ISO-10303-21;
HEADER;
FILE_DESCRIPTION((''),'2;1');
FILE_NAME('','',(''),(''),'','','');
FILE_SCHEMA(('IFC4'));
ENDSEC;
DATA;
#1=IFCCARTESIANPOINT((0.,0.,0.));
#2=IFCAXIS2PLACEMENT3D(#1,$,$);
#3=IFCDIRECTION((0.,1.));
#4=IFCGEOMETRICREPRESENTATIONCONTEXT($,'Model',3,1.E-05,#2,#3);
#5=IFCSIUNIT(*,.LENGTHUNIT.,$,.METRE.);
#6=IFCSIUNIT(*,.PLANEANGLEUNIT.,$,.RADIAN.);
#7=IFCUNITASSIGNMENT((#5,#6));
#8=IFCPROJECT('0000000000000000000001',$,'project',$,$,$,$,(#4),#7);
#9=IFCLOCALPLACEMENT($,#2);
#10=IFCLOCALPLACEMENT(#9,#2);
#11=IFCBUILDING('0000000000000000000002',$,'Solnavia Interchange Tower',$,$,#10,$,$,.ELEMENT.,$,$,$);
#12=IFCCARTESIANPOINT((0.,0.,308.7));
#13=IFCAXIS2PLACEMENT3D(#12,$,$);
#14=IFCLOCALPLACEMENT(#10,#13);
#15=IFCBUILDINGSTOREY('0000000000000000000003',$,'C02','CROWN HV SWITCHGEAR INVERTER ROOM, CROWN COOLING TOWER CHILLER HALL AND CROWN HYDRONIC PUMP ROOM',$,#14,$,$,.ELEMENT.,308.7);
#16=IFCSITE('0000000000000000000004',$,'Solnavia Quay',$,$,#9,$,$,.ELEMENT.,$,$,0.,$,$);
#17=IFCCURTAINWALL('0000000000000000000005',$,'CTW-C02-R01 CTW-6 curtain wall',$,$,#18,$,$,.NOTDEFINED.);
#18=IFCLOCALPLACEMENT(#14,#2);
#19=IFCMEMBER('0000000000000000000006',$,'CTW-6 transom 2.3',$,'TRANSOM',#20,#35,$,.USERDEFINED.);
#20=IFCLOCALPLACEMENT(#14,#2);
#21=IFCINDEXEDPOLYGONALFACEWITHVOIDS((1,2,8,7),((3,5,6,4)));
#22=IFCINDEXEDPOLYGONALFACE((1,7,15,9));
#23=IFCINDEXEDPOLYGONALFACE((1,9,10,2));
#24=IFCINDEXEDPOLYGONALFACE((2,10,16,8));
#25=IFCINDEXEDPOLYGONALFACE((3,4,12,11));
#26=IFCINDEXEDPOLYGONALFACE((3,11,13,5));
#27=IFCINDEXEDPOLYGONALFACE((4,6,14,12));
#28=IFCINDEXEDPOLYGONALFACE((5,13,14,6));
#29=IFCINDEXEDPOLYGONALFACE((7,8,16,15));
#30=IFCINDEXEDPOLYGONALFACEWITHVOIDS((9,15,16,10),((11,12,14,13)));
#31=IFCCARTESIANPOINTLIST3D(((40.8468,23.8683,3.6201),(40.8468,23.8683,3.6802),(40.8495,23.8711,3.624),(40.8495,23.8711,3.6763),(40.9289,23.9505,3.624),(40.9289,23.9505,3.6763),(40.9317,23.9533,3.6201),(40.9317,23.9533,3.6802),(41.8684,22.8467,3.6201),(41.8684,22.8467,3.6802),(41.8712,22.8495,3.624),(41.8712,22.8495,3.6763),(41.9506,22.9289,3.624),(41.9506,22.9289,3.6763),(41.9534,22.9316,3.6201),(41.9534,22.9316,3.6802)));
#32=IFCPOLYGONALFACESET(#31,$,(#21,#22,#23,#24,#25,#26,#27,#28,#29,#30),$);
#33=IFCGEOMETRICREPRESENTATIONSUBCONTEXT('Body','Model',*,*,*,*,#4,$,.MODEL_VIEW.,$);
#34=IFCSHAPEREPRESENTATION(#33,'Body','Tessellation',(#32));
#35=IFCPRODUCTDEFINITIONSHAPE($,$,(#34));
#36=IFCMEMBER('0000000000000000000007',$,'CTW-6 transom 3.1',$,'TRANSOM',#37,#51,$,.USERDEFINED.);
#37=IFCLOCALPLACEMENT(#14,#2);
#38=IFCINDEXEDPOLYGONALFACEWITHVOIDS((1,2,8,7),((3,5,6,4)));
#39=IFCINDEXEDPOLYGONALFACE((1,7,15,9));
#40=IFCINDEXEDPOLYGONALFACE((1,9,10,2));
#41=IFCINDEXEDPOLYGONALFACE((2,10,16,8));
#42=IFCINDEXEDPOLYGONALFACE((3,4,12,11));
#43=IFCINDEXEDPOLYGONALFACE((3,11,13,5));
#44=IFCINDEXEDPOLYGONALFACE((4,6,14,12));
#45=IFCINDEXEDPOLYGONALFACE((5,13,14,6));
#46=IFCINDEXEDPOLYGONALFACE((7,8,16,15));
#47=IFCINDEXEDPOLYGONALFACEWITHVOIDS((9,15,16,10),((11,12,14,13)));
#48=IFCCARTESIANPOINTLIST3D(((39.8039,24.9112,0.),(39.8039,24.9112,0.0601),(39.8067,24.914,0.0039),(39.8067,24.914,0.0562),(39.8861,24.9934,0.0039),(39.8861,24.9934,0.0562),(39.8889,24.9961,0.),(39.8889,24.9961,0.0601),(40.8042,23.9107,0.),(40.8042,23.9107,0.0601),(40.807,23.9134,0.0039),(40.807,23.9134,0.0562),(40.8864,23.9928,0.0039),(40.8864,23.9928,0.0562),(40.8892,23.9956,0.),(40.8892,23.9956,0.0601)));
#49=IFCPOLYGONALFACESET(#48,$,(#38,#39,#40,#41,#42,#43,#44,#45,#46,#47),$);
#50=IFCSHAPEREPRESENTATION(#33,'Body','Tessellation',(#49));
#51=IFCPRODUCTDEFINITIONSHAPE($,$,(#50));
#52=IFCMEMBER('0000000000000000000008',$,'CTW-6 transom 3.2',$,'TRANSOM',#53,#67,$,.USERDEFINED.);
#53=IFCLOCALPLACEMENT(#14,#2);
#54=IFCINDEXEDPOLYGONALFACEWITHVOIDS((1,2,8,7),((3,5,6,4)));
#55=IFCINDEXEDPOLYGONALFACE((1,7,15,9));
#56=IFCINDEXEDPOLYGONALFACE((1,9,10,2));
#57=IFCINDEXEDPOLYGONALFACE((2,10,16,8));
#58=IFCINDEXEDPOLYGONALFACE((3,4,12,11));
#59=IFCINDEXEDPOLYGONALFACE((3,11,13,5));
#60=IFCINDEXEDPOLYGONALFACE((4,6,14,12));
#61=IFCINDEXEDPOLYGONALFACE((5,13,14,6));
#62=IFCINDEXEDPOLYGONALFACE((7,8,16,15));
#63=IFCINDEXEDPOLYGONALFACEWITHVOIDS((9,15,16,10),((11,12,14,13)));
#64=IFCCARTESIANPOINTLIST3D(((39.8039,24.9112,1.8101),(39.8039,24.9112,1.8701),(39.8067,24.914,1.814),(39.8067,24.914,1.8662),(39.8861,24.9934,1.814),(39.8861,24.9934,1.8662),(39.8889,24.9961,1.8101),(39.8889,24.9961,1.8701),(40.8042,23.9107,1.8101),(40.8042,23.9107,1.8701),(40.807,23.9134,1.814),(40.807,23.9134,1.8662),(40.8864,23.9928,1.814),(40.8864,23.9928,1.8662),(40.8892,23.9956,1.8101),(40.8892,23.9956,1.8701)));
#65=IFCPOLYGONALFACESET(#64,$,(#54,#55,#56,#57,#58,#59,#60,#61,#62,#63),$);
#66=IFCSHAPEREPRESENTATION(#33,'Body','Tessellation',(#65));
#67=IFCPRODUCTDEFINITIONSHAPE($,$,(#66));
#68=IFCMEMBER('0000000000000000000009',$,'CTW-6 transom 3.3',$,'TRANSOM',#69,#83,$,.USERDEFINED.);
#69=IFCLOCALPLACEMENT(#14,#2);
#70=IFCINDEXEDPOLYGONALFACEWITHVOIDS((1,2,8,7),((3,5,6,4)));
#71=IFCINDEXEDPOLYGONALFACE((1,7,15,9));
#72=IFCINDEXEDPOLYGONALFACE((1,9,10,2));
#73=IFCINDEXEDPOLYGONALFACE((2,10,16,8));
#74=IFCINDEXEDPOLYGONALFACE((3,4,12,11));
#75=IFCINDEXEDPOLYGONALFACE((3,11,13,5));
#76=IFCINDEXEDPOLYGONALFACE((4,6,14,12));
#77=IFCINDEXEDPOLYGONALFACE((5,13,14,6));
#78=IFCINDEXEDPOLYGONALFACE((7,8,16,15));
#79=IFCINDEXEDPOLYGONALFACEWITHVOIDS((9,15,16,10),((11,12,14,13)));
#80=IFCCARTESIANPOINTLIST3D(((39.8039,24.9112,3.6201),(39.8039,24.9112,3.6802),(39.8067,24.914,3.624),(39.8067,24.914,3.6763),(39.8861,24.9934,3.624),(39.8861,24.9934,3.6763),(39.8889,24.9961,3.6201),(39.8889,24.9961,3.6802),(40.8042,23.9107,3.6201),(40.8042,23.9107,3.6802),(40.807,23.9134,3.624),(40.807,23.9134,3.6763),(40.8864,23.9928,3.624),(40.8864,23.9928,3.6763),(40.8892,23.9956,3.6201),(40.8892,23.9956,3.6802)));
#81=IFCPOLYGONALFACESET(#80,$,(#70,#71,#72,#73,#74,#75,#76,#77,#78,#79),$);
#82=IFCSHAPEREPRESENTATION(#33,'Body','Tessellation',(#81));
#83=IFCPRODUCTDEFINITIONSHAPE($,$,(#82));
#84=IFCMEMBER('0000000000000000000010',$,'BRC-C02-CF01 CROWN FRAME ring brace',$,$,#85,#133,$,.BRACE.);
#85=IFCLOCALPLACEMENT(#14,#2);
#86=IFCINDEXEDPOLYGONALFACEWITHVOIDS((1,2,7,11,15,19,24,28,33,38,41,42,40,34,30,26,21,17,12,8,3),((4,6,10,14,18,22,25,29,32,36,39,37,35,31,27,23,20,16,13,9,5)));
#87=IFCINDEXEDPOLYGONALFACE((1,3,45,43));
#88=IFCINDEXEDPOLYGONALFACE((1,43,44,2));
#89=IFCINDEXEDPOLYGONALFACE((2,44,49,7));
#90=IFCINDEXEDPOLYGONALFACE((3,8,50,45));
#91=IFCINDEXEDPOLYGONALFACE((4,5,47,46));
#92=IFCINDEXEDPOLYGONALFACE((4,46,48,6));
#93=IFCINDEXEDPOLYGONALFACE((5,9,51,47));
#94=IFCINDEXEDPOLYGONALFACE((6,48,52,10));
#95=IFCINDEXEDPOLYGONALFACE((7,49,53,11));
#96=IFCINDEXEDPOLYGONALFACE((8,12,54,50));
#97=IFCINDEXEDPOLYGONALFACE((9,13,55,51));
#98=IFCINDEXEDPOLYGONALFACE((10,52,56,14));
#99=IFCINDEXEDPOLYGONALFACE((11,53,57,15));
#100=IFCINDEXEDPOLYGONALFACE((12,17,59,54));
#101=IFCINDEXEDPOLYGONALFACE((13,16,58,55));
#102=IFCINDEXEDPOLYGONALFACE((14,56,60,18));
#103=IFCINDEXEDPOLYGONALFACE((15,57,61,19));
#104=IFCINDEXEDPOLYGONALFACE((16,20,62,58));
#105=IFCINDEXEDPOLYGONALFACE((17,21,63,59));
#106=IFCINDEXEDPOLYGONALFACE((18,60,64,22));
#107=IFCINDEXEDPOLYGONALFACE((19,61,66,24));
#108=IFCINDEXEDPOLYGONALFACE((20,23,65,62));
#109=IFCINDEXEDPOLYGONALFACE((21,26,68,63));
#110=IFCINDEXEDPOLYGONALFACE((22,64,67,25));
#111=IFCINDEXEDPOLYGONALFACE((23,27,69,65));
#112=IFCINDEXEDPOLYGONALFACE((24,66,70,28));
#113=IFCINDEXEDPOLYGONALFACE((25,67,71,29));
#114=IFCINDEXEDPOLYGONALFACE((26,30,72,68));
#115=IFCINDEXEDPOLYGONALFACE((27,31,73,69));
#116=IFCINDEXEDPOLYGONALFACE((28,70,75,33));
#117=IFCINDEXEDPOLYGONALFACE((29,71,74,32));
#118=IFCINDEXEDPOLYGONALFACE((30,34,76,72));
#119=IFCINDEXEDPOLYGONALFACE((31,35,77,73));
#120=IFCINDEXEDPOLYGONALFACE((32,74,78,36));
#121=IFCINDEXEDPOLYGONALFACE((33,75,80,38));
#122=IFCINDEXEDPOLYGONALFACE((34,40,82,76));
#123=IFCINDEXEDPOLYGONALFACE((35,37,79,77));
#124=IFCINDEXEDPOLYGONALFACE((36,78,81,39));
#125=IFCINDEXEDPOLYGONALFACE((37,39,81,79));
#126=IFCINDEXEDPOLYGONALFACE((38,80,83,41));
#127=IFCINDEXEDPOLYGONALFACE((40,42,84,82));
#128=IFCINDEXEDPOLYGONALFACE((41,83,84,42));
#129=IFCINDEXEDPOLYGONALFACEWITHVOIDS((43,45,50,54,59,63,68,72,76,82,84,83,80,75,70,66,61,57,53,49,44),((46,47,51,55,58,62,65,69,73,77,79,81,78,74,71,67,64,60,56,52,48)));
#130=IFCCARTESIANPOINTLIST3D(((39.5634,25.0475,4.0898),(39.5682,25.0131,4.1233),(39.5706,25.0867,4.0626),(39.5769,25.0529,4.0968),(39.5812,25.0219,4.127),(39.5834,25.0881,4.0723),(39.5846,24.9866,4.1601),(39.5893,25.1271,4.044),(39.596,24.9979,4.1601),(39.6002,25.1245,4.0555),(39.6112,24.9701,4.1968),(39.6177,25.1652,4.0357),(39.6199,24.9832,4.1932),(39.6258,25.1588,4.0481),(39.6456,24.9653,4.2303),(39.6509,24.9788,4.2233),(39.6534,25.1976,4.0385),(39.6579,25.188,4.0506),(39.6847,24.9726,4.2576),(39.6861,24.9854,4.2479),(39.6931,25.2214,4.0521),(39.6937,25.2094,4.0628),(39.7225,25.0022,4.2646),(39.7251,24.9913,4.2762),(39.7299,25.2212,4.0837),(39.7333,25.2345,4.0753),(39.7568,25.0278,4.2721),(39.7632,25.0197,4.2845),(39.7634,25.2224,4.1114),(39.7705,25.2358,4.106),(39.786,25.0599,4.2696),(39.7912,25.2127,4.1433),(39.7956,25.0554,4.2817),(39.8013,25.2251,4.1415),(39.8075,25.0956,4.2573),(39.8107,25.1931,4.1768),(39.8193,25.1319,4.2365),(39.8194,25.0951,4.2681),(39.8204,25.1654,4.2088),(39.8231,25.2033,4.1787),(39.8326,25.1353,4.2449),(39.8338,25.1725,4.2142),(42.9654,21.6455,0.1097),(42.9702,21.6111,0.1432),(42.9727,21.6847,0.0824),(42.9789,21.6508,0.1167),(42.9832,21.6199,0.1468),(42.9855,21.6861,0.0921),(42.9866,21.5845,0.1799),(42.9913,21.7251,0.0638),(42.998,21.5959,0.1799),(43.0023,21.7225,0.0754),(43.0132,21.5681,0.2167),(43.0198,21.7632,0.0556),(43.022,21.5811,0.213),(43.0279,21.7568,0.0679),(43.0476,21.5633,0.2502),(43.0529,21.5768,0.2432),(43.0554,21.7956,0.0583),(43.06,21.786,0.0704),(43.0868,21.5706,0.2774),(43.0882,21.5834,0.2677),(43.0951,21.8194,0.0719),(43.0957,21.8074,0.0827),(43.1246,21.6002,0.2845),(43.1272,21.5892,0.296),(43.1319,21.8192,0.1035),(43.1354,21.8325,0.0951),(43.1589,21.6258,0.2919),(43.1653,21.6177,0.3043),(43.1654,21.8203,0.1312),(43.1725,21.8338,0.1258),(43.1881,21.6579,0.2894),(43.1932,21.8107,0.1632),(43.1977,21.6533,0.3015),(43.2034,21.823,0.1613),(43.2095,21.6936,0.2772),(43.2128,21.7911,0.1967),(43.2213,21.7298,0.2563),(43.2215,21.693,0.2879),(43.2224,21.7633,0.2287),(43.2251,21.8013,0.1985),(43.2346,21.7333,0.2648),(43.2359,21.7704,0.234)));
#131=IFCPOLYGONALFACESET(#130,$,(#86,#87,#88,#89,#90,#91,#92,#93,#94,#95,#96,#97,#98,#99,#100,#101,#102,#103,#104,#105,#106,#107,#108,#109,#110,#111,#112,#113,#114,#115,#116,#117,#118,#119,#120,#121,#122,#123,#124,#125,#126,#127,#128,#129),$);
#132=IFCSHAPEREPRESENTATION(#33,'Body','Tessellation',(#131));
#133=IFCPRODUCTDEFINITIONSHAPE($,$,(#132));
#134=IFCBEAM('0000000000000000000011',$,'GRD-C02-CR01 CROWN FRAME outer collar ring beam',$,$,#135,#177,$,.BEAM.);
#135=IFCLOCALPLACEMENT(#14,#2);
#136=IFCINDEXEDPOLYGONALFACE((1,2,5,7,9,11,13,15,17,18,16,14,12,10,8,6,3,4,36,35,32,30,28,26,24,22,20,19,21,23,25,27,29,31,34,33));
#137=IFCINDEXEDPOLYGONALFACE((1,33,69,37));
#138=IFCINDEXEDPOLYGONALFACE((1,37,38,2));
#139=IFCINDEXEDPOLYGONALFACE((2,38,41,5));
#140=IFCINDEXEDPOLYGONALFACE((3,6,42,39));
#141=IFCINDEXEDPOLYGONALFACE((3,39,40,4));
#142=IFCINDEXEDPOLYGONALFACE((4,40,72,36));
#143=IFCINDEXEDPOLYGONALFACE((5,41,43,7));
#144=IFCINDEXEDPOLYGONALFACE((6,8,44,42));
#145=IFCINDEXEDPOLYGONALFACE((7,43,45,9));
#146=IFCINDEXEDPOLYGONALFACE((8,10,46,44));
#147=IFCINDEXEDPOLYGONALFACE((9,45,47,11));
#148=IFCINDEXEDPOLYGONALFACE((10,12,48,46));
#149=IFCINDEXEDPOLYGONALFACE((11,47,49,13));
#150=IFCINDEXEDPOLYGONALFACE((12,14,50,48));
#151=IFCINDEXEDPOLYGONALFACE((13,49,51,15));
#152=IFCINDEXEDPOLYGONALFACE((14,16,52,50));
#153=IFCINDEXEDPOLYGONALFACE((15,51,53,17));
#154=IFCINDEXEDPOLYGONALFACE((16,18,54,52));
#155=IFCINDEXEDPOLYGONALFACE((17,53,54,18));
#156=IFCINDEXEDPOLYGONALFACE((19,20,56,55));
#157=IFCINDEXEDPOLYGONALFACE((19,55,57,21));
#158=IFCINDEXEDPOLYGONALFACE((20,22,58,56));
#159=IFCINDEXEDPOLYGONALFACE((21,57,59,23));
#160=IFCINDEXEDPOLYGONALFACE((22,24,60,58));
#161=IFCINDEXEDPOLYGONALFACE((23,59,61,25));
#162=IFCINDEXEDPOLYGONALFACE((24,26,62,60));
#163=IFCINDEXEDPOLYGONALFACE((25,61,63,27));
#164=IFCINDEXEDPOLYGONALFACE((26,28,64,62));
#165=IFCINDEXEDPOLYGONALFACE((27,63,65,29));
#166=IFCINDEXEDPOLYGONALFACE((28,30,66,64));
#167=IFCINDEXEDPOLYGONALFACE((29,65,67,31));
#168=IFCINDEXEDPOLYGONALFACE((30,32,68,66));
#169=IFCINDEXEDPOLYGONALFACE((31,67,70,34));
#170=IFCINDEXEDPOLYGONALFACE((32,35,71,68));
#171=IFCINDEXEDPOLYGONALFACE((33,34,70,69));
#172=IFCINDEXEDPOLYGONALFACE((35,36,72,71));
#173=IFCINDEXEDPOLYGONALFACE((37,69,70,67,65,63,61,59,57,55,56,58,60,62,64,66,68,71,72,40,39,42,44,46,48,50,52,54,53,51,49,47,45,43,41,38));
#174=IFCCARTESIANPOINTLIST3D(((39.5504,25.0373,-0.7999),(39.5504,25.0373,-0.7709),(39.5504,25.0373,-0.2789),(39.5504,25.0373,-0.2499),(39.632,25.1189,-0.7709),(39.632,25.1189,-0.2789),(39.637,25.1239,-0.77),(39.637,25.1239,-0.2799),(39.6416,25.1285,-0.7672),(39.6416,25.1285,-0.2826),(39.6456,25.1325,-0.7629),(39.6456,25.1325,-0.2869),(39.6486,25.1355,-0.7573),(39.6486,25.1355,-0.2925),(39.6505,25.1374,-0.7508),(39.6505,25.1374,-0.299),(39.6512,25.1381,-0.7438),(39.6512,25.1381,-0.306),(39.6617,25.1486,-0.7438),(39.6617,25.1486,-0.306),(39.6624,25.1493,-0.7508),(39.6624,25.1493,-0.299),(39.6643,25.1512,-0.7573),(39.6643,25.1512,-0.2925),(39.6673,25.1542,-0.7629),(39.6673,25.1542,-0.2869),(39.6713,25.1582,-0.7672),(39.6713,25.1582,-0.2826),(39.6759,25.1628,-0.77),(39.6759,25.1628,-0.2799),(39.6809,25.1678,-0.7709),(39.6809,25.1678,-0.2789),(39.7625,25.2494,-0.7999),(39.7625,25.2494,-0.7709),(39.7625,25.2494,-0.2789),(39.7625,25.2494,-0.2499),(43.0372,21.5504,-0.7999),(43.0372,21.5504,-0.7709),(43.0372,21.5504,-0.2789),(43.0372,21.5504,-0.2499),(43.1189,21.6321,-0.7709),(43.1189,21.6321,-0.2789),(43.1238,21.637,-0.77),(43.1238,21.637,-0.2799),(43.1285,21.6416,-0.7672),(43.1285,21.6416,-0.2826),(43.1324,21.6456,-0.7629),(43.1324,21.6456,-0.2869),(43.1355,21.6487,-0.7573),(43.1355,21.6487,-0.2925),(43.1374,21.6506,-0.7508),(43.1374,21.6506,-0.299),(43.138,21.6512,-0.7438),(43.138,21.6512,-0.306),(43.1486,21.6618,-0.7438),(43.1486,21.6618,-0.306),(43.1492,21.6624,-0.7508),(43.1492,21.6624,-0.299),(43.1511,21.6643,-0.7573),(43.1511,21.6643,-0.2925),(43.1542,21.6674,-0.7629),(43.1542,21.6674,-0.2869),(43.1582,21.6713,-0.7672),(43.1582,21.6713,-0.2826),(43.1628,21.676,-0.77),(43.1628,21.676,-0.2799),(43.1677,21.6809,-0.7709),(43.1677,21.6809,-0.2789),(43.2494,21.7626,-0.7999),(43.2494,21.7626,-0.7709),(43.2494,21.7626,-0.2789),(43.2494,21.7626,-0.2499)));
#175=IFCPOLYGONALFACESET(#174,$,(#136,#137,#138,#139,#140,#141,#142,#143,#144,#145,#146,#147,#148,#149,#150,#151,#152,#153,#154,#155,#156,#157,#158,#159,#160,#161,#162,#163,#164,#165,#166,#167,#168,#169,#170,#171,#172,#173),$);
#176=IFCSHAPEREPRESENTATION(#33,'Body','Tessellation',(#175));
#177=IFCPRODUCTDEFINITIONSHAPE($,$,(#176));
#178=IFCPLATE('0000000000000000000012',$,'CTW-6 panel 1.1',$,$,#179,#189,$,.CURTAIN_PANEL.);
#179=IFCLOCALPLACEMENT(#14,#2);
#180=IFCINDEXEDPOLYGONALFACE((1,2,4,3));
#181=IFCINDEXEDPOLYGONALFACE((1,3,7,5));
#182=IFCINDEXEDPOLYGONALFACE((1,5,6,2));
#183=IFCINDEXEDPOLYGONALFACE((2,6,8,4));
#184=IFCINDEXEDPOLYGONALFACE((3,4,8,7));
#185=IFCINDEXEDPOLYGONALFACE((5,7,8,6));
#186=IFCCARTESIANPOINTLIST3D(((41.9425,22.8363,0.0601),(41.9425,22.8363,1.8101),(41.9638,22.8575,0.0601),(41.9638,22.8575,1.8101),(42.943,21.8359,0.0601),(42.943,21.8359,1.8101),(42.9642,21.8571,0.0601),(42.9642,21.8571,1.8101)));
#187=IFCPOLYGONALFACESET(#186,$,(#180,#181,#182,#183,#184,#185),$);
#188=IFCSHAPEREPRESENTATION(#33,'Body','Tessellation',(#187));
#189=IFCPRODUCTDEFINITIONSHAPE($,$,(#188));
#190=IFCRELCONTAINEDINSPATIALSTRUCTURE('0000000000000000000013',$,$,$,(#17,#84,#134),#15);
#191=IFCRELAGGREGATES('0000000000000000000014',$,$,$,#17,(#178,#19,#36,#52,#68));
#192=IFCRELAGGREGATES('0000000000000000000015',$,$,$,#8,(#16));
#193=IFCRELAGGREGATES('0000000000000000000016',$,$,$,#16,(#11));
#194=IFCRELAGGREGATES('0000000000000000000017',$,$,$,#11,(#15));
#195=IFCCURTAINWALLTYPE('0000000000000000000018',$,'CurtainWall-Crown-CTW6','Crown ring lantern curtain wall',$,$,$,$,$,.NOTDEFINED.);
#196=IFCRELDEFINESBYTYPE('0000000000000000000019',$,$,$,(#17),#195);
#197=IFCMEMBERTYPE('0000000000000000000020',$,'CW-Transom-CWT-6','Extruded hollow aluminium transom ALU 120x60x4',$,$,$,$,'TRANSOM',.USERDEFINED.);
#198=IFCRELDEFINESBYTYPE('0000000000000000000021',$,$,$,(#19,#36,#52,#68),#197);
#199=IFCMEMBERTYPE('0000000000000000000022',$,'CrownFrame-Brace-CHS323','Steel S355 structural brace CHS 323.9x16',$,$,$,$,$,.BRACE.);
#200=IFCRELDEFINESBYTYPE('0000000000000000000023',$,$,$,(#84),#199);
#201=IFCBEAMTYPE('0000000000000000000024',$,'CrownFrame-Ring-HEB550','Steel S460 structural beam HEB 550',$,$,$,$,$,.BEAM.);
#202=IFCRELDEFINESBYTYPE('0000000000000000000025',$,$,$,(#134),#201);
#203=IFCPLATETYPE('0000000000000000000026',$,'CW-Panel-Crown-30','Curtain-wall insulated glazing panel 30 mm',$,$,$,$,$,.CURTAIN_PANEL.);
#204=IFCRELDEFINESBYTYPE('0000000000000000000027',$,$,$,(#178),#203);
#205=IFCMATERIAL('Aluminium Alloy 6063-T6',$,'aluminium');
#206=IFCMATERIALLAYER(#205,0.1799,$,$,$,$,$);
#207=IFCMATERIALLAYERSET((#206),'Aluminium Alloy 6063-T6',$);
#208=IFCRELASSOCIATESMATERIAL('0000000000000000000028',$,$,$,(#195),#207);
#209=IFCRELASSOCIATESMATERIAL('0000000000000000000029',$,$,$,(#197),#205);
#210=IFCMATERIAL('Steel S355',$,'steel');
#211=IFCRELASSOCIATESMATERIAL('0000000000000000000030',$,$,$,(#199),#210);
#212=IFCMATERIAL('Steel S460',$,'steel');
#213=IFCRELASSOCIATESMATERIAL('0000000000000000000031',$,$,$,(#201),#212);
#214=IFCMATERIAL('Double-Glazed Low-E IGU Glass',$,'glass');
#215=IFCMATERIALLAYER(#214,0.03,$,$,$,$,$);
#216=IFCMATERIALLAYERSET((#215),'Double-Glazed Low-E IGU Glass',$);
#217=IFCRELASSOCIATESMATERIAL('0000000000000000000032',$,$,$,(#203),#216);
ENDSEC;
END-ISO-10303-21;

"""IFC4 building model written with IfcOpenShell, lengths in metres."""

from ifc_helpers import new_model, si_unit, direction, frame, origin, origin_2d, place, context, subcontext, project, spatial, rectangle, hollow_rectangle, hollow_circle, i_section, extrude, material, layer, layer_set, material_profile, profile_set, type_object, element, aggregate, save


model = new_model("IFC4")

# Units and contexts
model_context = context("Model", 3, precision=1e-05, world=origin(), true_north=direction((0.0, 1.0)))
body_context = subcontext(model_context, "Body", "Model", "MODEL_VIEW")
ifc_project = project(units=[si_unit("LENGTHUNIT", "METRE"), si_unit("PLANEANGLEUNIT", "RADIAN")], contexts=[model_context])

# Site, building, storey
site_placement = place(None, origin())
site = spatial("IfcSite", under=ifc_project, at=site_placement, Name="Solnavia Quay", CompositionType="ELEMENT", RefElevation=0.0)
building_placement = place(site_placement, origin())
building = spatial("IfcBuilding", under=site, at=building_placement, Name="Solnavia Interchange Tower", CompositionType="ELEMENT")
storey_placement = place(building_placement, frame((0.0, 0.0, 308.7)))
storey = spatial("IfcBuildingStorey", under=building, at=storey_placement, Name="C02", Description="CROWN HV SWITCHGEAR INVERTER ROOM, CROWN COOLING TOWER CHILLER HALL AND CROWN HYDRONIC PUMP ROOM", CompositionType="ELEMENT", Elevation=308.7)

# Shared definitions
ifc_material_1 = material(Name="Steel S460", Category="steel")

# Curtain wall, members
ifc_material_2 = material(Name="Aluminium Alloy 6063-T6", Category="aluminium")
ifc_layer_1 = layer(ifc_material_2, 0.1799)
ifc_layer_set_1 = layer_set([ifc_layer_1], Name="Aluminium Alloy 6063-T6")
curtain_wall_type = type_object("IfcCurtainWallType", Name="CurtainWall-Crown-CTW6", Description="Crown ring lantern curtain wall", PredefinedType="NOTDEFINED", material=ifc_layer_set_1)
curtain_wall_placement = place(storey_placement, origin())
curtain_wall = element("IfcCurtainWall", 1, at=curtain_wall_placement, inside=storey, type_object=curtain_wall_type, Name="CTW-C02-R01 CTW-6 curtain wall", PredefinedType="NOTDEFINED")
ifc_material_profile_1 = material_profile(ifc_material_2, hollow_rectangle(XDim=0.0601, YDim=0.1201, WallThickness=0.0039, at=origin_2d()), Name="ALU 120x60x4")
ifc_profile_set_1 = profile_set([ifc_material_profile_1], Name="Aluminium Alloy 6063-T6")
member_type_1 = type_object("IfcMemberType", Name="CW-Transom-CWT-6", Description="Extruded hollow aluminium transom ALU 120x60x4", ElementType="TRANSOM", PredefinedType="USERDEFINED", material=ifc_profile_set_1)
member_1_placement = place(storey_placement, frame((41.9109, 22.8892, 3.6501), z_axis=(-0.707107, 0.707107, 0.0), x_axis=(0.0, 0.0, 1.0)))
member_1 = element("IfcMember", 2, at=member_1_placement, type_object=member_type_1, Name="CTW-6 transom 2.3", ObjectType="TRANSOM", PredefinedType="USERDEFINED", context=body_context, shape_type="SweptSolid", body=[
    extrude(hollow_rectangle(XDim=0.0601, YDim=0.1201, WallThickness=0.0039, at=origin_2d()), origin(), (0.0, 0.0, 1.0), 1.4448),
])
member_2_placement = place(storey_placement, frame((40.8467, 23.9531, 0.03), z_axis=(-0.70702, 0.707193, 0.0), x_axis=(0.0, 0.0, 1.0)))
member_2 = element("IfcMember", 3, at=member_2_placement, type_object=member_type_1, Name="CTW-6 transom 3.1", ObjectType="TRANSOM", PredefinedType="USERDEFINED", context=body_context, shape_type="SweptSolid", body=[
    extrude(hollow_rectangle(XDim=0.0601, YDim=0.1201, WallThickness=0.0039, at=origin_2d()), origin(), (0.0, 0.0, 1.0), 1.4148),
])
member_3_placement = place(storey_placement, frame((40.8467, 23.9531, 1.8401), z_axis=(-0.70702, 0.707193, 0.0), x_axis=(0.0, 0.0, 1.0)))
member_3 = element("IfcMember", 4, at=member_3_placement, type_object=member_type_1, Name="CTW-6 transom 3.2", ObjectType="TRANSOM", PredefinedType="USERDEFINED", context=body_context, shape_type="SweptSolid", body=[
    extrude(hollow_rectangle(XDim=0.0601, YDim=0.1201, WallThickness=0.0039, at=origin_2d()), origin(), (0.0, 0.0, 1.0), 1.4148),
])
member_4_placement = place(storey_placement, frame((40.8467, 23.9531, 3.6501), z_axis=(-0.70702, 0.707193, 0.0), x_axis=(0.0, 0.0, 1.0)))
member_4 = element("IfcMember", 5, at=member_4_placement, type_object=member_type_1, Name="CTW-6 transom 3.3", ObjectType="TRANSOM", PredefinedType="USERDEFINED", context=body_context, shape_type="SweptSolid", body=[
    extrude(hollow_rectangle(XDim=0.0601, YDim=0.1201, WallThickness=0.0039, at=origin_2d()), origin(), (0.0, 0.0, 1.0), 1.4148),
])

# Member
ifc_material_3 = material(Name="Steel S355", Category="steel")
ifc_material_profile_2 = material_profile(ifc_material_3, hollow_circle(Radius=0.1619, WallThickness=0.0161, at=origin_2d()), Name="CHS 323.9x16")
ifc_profile_set_2 = profile_set([ifc_material_profile_2], Name="Steel S355")
member_type_2 = type_object("IfcMemberType", Name="CrownFrame-Brace-CHS323", Description="Steel S355 structural brace CHS 323.9x16", PredefinedType="BRACE", material=ifc_profile_set_2)
member_5_placement = place(storey_placement, frame((43.1011, 21.699, 0.1799), z_axis=(-0.544837, 0.544837, 0.637422), x_axis=(-0.707107, -0.707107, 0.0)))
element("IfcMember", 6, at=member_5_placement, inside=storey, type_object=member_type_2, Name="BRC-C02-CF01 CROWN FRAME ring brace", PredefinedType="BRACE", context=body_context, shape_type="SweptSolid", body=[
    extrude(hollow_circle(Radius=0.1619, WallThickness=0.0161, at=origin_2d()), origin(), (0.0, 0.0, 1.0), 6.2441),
])

# Beam
ifc_material_profile_3 = material_profile(ifc_material_1, i_section(OverallWidth=0.3, OverallDepth=0.55, WebThickness=0.0149, FlangeThickness=0.0291, FilletRadius=0.0271, at=origin_2d()), Name="HEB 550")
ifc_profile_set_3 = profile_set([ifc_material_profile_3], Name="Steel S460")
beam_type = type_object("IfcBeamType", Name="CrownFrame-Ring-HEB550", Description="Steel S460 structural beam HEB 550", PredefinedType="BEAM", material=ifc_profile_set_3)
beam_placement = place(storey_placement, frame((43.1433, 21.6565, -0.5249), z_axis=(-0.707107, 0.707107, 0.0), x_axis=(-0.707107, -0.707107, 0.0)))
element("IfcBeam", 7, at=beam_placement, inside=storey, type_object=beam_type, Name="GRD-C02-CR01 CROWN FRAME outer collar ring beam", PredefinedType="BEAM", context=body_context, shape_type="SweptSolid", body=[
    extrude(i_section(OverallWidth=0.3, OverallDepth=0.55, WebThickness=0.0149, FlangeThickness=0.0291, FilletRadius=0.0271, at=origin_2d()), origin(), (0.0, 0.0, 1.0), 4.9312),
])

# Plate
ifc_material_4 = material(Name="Double-Glazed Low-E IGU Glass", Category="glass")
ifc_layer_2 = layer(ifc_material_4, 0.03)
ifc_layer_set_2 = layer_set([ifc_layer_2], Name="Double-Glazed Low-E IGU Glass")
plate_type_1 = type_object("IfcPlateType", Name="CW-Panel-Crown-30", Description="Curtain-wall insulated glazing panel 30 mm", PredefinedType="CURTAIN_PANEL", material=ifc_layer_set_2)
plate_1_placement = place(storey_placement, frame((42.4534, 22.3467, 0.0601), z_axis=(0.0, 0.0, 1.0), x_axis=(-0.707107, 0.707107, 0.0)))
plate_1 = element("IfcPlate", 8, at=plate_1_placement, type_object=plate_type_1, Name="CTW-6 panel 1.1", PredefinedType="CURTAIN_PANEL", context=body_context, shape_type="SweptSolid", body=[
    extrude(rectangle(XDim=1.4148, YDim=0.03, at=origin_2d()), origin(), (0.0, 0.0, 1.0), 1.75),
])
aggregate(curtain_wall, [plate_1, member_1, member_2, member_3, member_4])

save(model, "model.ifc")
